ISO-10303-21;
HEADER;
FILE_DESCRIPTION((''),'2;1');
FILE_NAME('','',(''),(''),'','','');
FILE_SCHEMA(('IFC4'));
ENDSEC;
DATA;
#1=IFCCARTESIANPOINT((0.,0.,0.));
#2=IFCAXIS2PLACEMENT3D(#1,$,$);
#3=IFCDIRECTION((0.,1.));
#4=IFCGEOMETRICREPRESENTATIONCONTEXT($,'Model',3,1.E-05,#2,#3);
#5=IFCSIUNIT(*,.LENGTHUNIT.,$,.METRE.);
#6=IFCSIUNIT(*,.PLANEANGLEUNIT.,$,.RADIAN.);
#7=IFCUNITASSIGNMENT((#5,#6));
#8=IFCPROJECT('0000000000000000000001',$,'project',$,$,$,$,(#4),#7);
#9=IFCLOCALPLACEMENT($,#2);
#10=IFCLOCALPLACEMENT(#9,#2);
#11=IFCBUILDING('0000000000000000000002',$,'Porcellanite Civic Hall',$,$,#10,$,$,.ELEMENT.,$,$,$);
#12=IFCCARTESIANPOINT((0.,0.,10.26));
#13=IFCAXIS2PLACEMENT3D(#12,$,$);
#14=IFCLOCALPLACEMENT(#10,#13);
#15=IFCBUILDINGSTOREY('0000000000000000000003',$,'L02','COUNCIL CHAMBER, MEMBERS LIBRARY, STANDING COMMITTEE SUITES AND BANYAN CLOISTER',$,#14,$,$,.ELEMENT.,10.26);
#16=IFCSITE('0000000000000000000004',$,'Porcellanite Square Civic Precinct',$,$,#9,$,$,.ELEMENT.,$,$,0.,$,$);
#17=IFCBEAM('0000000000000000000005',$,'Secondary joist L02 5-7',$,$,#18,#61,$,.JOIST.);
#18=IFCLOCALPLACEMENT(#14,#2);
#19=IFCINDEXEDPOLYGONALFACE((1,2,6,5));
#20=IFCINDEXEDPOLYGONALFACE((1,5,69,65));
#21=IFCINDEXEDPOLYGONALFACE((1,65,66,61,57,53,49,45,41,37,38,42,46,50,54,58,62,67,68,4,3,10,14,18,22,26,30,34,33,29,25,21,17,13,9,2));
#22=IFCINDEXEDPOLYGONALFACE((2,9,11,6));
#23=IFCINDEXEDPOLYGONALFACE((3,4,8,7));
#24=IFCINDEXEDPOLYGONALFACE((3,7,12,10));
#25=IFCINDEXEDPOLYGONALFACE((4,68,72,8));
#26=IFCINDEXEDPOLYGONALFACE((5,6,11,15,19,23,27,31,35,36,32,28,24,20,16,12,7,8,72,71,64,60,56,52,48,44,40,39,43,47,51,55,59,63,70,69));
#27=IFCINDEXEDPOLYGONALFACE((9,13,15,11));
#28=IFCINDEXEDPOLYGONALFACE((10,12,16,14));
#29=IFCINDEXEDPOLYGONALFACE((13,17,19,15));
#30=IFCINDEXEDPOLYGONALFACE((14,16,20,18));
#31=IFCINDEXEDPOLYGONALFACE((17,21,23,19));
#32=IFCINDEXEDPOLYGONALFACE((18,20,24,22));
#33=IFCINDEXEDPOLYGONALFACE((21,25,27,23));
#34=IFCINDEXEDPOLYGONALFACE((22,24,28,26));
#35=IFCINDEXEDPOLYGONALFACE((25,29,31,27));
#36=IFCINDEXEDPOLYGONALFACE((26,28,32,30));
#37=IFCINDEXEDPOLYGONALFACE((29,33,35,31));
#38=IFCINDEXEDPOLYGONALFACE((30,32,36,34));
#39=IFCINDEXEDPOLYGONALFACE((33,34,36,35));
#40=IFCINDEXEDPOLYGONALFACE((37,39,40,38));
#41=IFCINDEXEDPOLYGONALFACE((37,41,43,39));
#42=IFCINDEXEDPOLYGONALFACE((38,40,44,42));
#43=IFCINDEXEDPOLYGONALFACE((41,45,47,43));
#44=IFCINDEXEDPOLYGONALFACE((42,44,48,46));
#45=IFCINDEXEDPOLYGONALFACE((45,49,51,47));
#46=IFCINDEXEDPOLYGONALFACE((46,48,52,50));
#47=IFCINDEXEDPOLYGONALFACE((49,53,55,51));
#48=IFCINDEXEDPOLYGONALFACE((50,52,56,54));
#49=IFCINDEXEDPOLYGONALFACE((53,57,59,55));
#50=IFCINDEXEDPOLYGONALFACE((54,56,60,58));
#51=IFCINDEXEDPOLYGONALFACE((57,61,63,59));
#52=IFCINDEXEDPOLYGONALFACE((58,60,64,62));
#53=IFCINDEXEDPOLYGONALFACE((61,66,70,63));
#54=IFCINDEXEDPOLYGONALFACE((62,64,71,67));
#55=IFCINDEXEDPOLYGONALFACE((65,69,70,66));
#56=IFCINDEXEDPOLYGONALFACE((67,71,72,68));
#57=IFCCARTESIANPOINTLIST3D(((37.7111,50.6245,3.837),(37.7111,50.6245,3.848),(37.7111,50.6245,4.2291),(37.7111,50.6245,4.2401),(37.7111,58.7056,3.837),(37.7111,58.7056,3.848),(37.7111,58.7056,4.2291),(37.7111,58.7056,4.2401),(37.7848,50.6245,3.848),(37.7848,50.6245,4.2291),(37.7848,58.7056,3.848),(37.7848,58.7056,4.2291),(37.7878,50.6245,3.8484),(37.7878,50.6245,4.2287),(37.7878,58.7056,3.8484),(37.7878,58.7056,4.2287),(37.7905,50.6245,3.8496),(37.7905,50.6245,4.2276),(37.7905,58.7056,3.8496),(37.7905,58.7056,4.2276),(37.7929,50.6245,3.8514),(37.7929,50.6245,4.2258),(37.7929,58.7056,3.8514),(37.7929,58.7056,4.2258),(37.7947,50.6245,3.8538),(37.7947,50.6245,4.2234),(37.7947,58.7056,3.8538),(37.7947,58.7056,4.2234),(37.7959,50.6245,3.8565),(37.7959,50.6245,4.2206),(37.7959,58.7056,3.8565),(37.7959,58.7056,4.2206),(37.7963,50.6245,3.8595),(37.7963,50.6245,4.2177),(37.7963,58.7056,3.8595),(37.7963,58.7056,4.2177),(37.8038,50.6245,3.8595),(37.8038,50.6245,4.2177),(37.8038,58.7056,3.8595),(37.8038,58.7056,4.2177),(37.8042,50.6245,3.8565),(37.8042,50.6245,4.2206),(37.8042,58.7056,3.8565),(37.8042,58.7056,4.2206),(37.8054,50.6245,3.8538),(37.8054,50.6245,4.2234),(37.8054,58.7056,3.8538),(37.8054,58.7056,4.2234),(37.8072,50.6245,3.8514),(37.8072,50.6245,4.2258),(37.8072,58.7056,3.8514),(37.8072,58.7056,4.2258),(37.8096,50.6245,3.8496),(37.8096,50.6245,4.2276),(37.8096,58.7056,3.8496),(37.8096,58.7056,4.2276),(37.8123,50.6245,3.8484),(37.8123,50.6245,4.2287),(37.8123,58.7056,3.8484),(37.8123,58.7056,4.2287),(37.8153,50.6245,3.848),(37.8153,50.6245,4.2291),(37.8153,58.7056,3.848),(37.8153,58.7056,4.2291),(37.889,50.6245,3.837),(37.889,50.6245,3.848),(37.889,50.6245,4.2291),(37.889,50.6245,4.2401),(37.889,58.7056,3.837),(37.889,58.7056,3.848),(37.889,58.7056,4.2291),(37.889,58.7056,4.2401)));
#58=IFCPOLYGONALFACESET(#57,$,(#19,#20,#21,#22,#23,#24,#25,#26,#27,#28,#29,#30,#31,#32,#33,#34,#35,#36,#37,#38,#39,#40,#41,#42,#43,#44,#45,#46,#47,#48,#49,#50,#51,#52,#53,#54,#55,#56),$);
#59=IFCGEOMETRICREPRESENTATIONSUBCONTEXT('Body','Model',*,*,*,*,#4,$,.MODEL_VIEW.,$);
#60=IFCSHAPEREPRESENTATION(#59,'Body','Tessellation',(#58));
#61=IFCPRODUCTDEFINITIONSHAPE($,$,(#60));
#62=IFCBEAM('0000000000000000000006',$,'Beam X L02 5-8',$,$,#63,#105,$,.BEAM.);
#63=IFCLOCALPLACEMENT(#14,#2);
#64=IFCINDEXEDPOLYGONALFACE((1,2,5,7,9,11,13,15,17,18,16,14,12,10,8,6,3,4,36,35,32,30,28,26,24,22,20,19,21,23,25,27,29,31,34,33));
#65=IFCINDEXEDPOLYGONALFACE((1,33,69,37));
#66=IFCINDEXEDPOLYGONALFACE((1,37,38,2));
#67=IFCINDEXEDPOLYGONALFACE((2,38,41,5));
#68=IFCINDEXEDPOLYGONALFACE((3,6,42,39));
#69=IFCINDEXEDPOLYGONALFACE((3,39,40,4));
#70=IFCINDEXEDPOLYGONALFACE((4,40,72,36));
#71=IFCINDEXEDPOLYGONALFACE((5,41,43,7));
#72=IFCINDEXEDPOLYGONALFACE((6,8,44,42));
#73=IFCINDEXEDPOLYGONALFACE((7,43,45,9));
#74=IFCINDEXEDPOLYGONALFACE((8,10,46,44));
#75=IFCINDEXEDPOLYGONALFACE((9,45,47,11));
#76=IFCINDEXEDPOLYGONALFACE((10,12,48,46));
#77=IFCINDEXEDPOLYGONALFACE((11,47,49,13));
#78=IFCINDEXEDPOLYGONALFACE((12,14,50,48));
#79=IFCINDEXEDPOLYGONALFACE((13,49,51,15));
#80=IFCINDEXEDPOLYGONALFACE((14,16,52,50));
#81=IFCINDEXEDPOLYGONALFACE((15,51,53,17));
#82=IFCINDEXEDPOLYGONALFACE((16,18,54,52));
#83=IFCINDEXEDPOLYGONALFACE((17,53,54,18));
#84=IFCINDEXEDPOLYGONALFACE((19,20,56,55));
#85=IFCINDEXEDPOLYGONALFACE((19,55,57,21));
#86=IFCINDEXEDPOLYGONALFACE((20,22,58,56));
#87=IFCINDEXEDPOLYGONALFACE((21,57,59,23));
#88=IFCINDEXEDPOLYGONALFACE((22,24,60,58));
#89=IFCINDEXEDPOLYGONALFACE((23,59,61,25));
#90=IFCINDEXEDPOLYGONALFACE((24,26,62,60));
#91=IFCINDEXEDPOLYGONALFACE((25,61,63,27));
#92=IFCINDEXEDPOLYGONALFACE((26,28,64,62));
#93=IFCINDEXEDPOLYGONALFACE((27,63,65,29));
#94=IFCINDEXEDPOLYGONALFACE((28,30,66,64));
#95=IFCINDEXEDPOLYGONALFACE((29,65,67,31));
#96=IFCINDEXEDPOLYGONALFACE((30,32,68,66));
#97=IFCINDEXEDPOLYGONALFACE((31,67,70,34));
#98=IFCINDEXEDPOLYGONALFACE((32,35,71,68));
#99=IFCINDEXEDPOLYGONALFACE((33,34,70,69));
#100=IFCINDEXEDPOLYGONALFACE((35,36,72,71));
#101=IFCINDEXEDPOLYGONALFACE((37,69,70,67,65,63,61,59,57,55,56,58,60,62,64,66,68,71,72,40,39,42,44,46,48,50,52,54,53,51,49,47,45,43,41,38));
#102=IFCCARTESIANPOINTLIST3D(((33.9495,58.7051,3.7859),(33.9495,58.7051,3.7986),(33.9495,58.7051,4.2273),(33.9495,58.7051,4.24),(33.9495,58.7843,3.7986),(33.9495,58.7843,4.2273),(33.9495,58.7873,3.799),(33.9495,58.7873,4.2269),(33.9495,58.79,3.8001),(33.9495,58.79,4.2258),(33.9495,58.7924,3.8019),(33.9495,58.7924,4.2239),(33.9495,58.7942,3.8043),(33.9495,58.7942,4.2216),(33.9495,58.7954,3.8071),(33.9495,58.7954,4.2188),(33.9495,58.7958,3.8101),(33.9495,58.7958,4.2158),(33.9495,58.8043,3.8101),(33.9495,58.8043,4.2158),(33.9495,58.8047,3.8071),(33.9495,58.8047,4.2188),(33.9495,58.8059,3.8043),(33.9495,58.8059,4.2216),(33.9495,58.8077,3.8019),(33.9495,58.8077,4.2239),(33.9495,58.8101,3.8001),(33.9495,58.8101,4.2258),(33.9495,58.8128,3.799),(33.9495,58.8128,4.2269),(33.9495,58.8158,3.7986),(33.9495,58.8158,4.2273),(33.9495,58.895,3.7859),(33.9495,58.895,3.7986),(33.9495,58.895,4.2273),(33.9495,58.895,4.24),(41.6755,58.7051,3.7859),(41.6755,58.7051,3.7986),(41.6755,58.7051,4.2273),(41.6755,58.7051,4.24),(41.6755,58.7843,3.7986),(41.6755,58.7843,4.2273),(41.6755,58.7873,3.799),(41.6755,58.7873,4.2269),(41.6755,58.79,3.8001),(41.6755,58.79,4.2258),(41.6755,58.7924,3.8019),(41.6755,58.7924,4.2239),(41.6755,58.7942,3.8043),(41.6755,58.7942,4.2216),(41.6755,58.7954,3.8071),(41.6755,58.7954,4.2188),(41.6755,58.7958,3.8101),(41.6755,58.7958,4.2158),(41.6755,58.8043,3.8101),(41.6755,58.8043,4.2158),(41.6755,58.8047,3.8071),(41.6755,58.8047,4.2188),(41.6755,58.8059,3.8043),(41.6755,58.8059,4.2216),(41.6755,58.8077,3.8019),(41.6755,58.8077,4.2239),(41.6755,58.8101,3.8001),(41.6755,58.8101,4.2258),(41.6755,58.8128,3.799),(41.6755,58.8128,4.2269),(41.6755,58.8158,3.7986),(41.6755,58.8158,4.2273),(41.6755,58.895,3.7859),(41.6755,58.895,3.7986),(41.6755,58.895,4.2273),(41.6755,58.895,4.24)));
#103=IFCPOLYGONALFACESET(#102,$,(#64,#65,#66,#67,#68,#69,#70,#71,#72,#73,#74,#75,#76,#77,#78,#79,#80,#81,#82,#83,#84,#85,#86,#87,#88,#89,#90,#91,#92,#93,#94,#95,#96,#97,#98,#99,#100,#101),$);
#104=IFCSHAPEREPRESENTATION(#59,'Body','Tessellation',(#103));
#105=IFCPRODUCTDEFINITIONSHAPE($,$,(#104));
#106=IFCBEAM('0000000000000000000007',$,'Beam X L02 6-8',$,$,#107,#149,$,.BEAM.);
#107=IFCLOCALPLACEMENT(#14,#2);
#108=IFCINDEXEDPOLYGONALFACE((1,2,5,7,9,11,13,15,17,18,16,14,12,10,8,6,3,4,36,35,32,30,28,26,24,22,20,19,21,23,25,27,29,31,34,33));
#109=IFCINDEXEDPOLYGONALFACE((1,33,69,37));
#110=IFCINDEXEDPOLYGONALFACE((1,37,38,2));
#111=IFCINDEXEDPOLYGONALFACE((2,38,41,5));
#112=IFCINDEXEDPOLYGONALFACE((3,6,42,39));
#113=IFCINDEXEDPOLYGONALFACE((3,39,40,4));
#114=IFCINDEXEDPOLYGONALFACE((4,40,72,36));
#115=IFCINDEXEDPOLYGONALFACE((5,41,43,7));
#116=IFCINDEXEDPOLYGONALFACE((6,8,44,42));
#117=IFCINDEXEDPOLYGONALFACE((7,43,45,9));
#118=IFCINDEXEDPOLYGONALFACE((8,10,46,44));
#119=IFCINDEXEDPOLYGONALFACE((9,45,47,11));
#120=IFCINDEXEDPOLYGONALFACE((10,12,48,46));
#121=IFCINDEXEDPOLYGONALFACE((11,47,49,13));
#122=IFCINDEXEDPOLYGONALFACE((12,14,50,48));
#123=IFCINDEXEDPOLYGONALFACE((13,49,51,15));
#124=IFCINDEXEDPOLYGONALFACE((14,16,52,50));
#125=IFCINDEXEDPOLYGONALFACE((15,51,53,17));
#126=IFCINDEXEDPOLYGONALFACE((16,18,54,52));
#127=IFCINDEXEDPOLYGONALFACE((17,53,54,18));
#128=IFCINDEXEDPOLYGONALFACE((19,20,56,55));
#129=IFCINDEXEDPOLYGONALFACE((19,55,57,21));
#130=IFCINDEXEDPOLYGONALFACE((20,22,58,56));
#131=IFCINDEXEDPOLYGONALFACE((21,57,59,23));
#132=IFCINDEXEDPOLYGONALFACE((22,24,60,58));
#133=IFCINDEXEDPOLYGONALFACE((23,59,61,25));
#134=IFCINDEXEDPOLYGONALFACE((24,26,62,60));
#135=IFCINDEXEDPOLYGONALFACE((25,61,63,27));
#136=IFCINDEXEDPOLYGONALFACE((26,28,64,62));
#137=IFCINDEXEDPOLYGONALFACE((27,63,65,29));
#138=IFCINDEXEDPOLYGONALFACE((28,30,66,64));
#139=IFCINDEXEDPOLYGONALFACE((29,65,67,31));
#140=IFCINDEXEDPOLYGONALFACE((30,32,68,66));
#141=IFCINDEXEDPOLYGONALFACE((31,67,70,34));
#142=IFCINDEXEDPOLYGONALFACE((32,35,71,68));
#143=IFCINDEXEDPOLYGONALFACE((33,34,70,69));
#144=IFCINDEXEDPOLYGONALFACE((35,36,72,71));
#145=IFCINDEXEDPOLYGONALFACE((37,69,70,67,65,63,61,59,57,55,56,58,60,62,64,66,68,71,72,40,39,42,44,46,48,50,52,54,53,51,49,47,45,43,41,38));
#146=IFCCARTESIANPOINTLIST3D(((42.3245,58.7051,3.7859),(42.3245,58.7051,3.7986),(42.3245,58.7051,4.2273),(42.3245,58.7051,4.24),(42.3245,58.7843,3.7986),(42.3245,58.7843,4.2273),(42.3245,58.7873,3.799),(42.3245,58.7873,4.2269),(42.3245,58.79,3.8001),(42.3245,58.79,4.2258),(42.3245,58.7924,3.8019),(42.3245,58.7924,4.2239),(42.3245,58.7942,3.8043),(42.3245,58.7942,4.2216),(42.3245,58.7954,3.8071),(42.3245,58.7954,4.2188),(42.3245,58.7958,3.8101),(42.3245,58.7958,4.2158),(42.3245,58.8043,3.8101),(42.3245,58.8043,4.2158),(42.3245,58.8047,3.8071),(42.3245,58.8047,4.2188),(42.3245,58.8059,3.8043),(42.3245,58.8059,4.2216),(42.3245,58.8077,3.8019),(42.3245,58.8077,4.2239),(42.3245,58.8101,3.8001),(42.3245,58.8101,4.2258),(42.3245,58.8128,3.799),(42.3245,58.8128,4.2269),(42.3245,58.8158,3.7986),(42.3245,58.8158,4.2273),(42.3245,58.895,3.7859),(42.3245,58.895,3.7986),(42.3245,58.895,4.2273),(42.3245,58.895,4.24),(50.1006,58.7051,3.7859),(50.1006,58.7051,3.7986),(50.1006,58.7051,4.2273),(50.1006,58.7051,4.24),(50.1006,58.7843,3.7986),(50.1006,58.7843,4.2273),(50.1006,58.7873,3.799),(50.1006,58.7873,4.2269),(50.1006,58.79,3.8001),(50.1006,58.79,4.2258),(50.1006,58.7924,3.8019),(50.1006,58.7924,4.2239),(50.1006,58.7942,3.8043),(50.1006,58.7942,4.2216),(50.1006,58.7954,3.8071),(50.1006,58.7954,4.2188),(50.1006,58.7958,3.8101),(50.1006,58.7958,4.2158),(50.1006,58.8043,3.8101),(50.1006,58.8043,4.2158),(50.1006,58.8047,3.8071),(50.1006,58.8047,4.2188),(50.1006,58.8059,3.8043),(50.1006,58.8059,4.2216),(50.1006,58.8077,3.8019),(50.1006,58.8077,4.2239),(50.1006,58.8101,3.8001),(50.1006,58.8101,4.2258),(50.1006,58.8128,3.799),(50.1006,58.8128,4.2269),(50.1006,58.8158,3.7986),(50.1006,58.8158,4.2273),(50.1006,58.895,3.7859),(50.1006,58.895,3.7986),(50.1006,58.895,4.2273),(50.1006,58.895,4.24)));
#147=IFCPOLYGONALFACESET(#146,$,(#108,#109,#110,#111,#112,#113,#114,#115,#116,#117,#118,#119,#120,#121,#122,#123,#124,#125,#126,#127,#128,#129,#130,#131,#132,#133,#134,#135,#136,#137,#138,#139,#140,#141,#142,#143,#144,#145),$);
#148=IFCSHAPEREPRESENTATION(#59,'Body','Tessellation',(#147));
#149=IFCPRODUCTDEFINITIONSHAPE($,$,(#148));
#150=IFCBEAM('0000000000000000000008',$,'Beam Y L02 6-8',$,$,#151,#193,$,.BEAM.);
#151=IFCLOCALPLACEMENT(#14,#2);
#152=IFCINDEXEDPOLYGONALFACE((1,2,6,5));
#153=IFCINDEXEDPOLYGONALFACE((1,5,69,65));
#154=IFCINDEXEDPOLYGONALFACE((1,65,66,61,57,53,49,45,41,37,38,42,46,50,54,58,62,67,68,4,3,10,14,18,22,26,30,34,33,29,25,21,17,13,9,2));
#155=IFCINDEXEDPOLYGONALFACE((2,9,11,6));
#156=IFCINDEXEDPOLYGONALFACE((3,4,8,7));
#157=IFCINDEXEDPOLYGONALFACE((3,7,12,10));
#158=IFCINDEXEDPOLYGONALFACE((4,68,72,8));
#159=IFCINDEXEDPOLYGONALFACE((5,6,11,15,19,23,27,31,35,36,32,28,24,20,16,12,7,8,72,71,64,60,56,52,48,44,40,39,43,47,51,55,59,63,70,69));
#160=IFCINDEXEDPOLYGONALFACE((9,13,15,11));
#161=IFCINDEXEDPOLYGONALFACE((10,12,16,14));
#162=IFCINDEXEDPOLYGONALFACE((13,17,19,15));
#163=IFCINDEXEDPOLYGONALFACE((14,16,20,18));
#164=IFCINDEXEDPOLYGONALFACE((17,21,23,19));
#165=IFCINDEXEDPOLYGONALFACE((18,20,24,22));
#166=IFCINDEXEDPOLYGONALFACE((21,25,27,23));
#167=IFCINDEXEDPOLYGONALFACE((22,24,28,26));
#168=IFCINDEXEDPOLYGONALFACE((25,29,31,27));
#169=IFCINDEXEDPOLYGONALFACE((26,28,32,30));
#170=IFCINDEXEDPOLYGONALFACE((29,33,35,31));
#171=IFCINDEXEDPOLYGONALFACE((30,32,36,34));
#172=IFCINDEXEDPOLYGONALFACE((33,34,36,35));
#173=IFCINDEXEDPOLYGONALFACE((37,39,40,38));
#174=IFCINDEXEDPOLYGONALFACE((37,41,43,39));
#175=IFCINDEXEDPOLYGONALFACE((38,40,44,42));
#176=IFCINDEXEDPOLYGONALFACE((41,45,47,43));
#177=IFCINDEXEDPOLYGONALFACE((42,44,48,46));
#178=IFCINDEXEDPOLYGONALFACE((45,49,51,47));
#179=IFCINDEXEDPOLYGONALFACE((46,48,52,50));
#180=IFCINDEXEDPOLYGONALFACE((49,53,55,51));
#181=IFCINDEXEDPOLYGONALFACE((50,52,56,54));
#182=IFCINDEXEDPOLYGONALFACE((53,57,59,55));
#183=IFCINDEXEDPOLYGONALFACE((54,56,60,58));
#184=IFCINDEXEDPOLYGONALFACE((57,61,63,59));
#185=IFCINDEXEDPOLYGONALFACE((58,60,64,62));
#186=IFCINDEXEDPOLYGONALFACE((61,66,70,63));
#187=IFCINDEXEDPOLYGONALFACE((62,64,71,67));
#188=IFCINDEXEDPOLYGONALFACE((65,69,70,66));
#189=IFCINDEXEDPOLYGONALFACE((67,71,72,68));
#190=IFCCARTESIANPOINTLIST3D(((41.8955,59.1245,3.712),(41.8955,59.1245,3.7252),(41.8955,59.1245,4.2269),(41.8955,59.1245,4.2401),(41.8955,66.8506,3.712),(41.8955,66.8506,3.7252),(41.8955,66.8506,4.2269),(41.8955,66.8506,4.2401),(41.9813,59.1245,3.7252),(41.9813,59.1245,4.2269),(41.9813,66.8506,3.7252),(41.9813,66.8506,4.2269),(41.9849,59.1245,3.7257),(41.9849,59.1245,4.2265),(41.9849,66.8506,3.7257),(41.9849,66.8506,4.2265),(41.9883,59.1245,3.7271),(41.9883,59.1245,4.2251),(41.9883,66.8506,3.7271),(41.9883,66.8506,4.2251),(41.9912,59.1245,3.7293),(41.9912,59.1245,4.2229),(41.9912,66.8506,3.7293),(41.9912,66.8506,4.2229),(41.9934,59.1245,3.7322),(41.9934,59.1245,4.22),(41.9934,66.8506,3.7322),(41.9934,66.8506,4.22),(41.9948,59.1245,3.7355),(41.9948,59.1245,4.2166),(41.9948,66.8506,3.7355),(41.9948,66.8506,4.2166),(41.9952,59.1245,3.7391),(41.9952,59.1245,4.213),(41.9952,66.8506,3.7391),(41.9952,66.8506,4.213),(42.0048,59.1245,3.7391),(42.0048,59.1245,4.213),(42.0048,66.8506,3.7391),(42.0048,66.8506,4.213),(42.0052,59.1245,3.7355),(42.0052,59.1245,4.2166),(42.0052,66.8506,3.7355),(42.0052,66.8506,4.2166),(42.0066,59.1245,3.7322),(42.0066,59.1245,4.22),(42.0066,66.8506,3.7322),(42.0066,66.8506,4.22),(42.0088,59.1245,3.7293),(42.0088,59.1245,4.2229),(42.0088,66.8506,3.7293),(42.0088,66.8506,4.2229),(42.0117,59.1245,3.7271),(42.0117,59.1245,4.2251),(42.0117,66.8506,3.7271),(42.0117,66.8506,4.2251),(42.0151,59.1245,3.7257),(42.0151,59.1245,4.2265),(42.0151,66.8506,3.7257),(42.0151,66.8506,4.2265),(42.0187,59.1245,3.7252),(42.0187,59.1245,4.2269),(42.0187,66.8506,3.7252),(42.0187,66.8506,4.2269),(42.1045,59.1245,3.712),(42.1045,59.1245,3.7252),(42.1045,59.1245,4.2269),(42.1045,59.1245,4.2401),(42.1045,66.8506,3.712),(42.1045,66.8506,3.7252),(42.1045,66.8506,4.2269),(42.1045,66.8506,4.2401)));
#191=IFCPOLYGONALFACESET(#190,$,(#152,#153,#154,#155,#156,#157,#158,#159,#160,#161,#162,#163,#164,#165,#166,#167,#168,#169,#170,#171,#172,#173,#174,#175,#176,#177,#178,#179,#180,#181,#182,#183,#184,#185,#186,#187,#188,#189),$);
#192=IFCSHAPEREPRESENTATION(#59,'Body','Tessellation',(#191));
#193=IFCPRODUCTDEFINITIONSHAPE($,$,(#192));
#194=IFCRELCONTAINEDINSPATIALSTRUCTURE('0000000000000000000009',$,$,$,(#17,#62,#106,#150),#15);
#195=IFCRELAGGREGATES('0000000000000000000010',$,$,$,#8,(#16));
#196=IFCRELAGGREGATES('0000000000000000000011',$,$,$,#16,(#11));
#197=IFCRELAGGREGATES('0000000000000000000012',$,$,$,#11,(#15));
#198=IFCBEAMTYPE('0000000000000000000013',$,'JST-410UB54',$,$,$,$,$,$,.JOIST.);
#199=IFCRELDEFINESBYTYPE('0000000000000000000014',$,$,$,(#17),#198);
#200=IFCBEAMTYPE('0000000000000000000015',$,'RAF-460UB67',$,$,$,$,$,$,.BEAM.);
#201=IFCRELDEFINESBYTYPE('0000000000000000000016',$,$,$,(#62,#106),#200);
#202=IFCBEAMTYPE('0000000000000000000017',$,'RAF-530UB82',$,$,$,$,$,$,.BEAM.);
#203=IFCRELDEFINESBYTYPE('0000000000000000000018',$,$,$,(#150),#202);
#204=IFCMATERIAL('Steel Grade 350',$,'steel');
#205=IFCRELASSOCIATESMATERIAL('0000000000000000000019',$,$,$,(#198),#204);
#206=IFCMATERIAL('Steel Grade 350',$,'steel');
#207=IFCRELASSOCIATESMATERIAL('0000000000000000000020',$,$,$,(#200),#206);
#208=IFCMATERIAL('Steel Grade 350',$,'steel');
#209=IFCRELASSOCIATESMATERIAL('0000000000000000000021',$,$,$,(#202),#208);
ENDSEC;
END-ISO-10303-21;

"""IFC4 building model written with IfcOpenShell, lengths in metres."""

from ifc_helpers import new_model, si_unit, direction, frame, origin, origin_2d, place, context, subcontext, project, spatial, i_section, extrude, material, material_profile, profile_set, type_object, element, save


model = new_model("IFC4")

# Units and contexts
model_context = context("Model", 3, precision=1e-05, world=origin(), true_north=direction((0.0, 1.0)))
body_context = subcontext(model_context, "Body", "Model", "MODEL_VIEW")
ifc_project = project(units=[si_unit("LENGTHUNIT", "METRE"), si_unit("PLANEANGLEUNIT", "RADIAN")], contexts=[model_context])

# Site, building, storey
site_placement = place(None, origin())
site = spatial("IfcSite", under=ifc_project, at=site_placement, Name="Porcellanite Square Civic Precinct", CompositionType="ELEMENT", RefElevation=0.0)
building_placement = place(site_placement, origin())
building = spatial("IfcBuilding", under=site, at=building_placement, Name="Porcellanite Civic Hall", CompositionType="ELEMENT")
storey_placement = place(building_placement, frame((0.0, 0.0, 10.26)))
storey = spatial("IfcBuildingStorey", under=building, at=storey_placement, Name="L02", Description="COUNCIL CHAMBER, MEMBERS LIBRARY, STANDING COMMITTEE SUITES AND BANYAN CLOISTER", CompositionType="ELEMENT", Elevation=10.26)

# Beams
ifc_material_1 = material(Name="Steel Grade 350", Category="steel")
ifc_material_profile_1 = material_profile(ifc_material_1, i_section(OverallWidth=0.178, OverallDepth=0.4031, WebThickness=0.0076, FlangeThickness=0.011, FilletRadius=0.0115, at=origin_2d()), Name="410UB53.7")
ifc_profile_set_1 = profile_set([ifc_material_profile_1], Name="Steel Grade 350")
beam_type_1 = type_object("IfcBeamType", Name="JST-410UB54", PredefinedType="JOIST", material=ifc_profile_set_1)
beam_1_placement = place(storey_placement, frame((37.8, 50.6245, 4.0386), z_axis=(0.0, 1.0, 0.0), x_axis=(-1.0, 0.0, 0.0)))
element("IfcBeam", 1, at=beam_1_placement, inside=storey, type_object=beam_type_1, Name="Secondary joist L02 5-7", PredefinedType="JOIST", context=body_context, shape_type="SweptSolid", body=[
    extrude(i_section(OverallWidth=0.178, OverallDepth=0.4031, WebThickness=0.0076, FlangeThickness=0.011, FilletRadius=0.0115, at=origin_2d()), origin(), (0.0, 0.0, 1.0), 8.0811),
])
ifc_material_2 = material(Name="Steel Grade 350", Category="steel")
ifc_material_profile_2 = material_profile(ifc_material_2, i_section(OverallWidth=0.1899, OverallDepth=0.4541, WebThickness=0.0085, FlangeThickness=0.0127, FilletRadius=0.0115, at=origin_2d()), Name="460UB67.1")
ifc_profile_set_2 = profile_set([ifc_material_profile_2], Name="Steel Grade 350")
beam_type_2 = type_object("IfcBeamType", Name="RAF-460UB67", PredefinedType="BEAM", material=ifc_profile_set_2)
beam_2_placement = place(storey_placement, frame((33.9495, 58.8, 4.0129), z_axis=(1.0, 0.0, 0.0), x_axis=(0.0, 1.0, 0.0)))
element("IfcBeam", 2, at=beam_2_placement, inside=storey, type_object=beam_type_2, Name="Beam X L02 5-8", PredefinedType="BEAM", context=body_context, shape_type="SweptSolid", body=[
    extrude(i_section(OverallWidth=0.1899, OverallDepth=0.4541, WebThickness=0.0085, FlangeThickness=0.0127, FilletRadius=0.0115, at=origin_2d()), origin(), (0.0, 0.0, 1.0), 7.7261),
])
beam_3_placement = place(storey_placement, frame((42.3245, 58.8, 4.0129), z_axis=(1.0, 0.0, 0.0), x_axis=(0.0, 1.0, 0.0)))
element("IfcBeam", 3, at=beam_3_placement, inside=storey, type_object=beam_type_2, Name="Beam X L02 6-8", PredefinedType="BEAM", context=body_context, shape_type="SweptSolid", body=[
    extrude(i_section(OverallWidth=0.1899, OverallDepth=0.4541, WebThickness=0.0085, FlangeThickness=0.0127, FilletRadius=0.0115, at=origin_2d()), origin(), (0.0, 0.0, 1.0), 7.7761),
])
ifc_material_3 = material(Name="Steel Grade 350", Category="steel")
ifc_material_profile_3 = material_profile(ifc_material_3, i_section(OverallWidth=0.209, OverallDepth=0.5281, WebThickness=0.0095, FlangeThickness=0.0132, FilletRadius=0.0139, at=origin_2d()), Name="530UB82.0")
ifc_profile_set_3 = profile_set([ifc_material_profile_3], Name="Steel Grade 350")
beam_type_3 = type_object("IfcBeamType", Name="RAF-530UB82", PredefinedType="BEAM", material=ifc_profile_set_3)
beam_4_placement = place(storey_placement, frame((42.0, 59.1245, 3.9761), z_axis=(0.0, 1.0, 0.0), x_axis=(-1.0, 0.0, 0.0)))
element("IfcBeam", 4, at=beam_4_placement, inside=storey, type_object=beam_type_3, Name="Beam Y L02 6-8", PredefinedType="BEAM", context=body_context, shape_type="SweptSolid", body=[
    extrude(i_section(OverallWidth=0.209, OverallDepth=0.5281, WebThickness=0.0095, FlangeThickness=0.0132, FilletRadius=0.0139, at=origin_2d()), origin(), (0.0, 0.0, 1.0), 7.7261),
])

save(model, "model.ifc")
